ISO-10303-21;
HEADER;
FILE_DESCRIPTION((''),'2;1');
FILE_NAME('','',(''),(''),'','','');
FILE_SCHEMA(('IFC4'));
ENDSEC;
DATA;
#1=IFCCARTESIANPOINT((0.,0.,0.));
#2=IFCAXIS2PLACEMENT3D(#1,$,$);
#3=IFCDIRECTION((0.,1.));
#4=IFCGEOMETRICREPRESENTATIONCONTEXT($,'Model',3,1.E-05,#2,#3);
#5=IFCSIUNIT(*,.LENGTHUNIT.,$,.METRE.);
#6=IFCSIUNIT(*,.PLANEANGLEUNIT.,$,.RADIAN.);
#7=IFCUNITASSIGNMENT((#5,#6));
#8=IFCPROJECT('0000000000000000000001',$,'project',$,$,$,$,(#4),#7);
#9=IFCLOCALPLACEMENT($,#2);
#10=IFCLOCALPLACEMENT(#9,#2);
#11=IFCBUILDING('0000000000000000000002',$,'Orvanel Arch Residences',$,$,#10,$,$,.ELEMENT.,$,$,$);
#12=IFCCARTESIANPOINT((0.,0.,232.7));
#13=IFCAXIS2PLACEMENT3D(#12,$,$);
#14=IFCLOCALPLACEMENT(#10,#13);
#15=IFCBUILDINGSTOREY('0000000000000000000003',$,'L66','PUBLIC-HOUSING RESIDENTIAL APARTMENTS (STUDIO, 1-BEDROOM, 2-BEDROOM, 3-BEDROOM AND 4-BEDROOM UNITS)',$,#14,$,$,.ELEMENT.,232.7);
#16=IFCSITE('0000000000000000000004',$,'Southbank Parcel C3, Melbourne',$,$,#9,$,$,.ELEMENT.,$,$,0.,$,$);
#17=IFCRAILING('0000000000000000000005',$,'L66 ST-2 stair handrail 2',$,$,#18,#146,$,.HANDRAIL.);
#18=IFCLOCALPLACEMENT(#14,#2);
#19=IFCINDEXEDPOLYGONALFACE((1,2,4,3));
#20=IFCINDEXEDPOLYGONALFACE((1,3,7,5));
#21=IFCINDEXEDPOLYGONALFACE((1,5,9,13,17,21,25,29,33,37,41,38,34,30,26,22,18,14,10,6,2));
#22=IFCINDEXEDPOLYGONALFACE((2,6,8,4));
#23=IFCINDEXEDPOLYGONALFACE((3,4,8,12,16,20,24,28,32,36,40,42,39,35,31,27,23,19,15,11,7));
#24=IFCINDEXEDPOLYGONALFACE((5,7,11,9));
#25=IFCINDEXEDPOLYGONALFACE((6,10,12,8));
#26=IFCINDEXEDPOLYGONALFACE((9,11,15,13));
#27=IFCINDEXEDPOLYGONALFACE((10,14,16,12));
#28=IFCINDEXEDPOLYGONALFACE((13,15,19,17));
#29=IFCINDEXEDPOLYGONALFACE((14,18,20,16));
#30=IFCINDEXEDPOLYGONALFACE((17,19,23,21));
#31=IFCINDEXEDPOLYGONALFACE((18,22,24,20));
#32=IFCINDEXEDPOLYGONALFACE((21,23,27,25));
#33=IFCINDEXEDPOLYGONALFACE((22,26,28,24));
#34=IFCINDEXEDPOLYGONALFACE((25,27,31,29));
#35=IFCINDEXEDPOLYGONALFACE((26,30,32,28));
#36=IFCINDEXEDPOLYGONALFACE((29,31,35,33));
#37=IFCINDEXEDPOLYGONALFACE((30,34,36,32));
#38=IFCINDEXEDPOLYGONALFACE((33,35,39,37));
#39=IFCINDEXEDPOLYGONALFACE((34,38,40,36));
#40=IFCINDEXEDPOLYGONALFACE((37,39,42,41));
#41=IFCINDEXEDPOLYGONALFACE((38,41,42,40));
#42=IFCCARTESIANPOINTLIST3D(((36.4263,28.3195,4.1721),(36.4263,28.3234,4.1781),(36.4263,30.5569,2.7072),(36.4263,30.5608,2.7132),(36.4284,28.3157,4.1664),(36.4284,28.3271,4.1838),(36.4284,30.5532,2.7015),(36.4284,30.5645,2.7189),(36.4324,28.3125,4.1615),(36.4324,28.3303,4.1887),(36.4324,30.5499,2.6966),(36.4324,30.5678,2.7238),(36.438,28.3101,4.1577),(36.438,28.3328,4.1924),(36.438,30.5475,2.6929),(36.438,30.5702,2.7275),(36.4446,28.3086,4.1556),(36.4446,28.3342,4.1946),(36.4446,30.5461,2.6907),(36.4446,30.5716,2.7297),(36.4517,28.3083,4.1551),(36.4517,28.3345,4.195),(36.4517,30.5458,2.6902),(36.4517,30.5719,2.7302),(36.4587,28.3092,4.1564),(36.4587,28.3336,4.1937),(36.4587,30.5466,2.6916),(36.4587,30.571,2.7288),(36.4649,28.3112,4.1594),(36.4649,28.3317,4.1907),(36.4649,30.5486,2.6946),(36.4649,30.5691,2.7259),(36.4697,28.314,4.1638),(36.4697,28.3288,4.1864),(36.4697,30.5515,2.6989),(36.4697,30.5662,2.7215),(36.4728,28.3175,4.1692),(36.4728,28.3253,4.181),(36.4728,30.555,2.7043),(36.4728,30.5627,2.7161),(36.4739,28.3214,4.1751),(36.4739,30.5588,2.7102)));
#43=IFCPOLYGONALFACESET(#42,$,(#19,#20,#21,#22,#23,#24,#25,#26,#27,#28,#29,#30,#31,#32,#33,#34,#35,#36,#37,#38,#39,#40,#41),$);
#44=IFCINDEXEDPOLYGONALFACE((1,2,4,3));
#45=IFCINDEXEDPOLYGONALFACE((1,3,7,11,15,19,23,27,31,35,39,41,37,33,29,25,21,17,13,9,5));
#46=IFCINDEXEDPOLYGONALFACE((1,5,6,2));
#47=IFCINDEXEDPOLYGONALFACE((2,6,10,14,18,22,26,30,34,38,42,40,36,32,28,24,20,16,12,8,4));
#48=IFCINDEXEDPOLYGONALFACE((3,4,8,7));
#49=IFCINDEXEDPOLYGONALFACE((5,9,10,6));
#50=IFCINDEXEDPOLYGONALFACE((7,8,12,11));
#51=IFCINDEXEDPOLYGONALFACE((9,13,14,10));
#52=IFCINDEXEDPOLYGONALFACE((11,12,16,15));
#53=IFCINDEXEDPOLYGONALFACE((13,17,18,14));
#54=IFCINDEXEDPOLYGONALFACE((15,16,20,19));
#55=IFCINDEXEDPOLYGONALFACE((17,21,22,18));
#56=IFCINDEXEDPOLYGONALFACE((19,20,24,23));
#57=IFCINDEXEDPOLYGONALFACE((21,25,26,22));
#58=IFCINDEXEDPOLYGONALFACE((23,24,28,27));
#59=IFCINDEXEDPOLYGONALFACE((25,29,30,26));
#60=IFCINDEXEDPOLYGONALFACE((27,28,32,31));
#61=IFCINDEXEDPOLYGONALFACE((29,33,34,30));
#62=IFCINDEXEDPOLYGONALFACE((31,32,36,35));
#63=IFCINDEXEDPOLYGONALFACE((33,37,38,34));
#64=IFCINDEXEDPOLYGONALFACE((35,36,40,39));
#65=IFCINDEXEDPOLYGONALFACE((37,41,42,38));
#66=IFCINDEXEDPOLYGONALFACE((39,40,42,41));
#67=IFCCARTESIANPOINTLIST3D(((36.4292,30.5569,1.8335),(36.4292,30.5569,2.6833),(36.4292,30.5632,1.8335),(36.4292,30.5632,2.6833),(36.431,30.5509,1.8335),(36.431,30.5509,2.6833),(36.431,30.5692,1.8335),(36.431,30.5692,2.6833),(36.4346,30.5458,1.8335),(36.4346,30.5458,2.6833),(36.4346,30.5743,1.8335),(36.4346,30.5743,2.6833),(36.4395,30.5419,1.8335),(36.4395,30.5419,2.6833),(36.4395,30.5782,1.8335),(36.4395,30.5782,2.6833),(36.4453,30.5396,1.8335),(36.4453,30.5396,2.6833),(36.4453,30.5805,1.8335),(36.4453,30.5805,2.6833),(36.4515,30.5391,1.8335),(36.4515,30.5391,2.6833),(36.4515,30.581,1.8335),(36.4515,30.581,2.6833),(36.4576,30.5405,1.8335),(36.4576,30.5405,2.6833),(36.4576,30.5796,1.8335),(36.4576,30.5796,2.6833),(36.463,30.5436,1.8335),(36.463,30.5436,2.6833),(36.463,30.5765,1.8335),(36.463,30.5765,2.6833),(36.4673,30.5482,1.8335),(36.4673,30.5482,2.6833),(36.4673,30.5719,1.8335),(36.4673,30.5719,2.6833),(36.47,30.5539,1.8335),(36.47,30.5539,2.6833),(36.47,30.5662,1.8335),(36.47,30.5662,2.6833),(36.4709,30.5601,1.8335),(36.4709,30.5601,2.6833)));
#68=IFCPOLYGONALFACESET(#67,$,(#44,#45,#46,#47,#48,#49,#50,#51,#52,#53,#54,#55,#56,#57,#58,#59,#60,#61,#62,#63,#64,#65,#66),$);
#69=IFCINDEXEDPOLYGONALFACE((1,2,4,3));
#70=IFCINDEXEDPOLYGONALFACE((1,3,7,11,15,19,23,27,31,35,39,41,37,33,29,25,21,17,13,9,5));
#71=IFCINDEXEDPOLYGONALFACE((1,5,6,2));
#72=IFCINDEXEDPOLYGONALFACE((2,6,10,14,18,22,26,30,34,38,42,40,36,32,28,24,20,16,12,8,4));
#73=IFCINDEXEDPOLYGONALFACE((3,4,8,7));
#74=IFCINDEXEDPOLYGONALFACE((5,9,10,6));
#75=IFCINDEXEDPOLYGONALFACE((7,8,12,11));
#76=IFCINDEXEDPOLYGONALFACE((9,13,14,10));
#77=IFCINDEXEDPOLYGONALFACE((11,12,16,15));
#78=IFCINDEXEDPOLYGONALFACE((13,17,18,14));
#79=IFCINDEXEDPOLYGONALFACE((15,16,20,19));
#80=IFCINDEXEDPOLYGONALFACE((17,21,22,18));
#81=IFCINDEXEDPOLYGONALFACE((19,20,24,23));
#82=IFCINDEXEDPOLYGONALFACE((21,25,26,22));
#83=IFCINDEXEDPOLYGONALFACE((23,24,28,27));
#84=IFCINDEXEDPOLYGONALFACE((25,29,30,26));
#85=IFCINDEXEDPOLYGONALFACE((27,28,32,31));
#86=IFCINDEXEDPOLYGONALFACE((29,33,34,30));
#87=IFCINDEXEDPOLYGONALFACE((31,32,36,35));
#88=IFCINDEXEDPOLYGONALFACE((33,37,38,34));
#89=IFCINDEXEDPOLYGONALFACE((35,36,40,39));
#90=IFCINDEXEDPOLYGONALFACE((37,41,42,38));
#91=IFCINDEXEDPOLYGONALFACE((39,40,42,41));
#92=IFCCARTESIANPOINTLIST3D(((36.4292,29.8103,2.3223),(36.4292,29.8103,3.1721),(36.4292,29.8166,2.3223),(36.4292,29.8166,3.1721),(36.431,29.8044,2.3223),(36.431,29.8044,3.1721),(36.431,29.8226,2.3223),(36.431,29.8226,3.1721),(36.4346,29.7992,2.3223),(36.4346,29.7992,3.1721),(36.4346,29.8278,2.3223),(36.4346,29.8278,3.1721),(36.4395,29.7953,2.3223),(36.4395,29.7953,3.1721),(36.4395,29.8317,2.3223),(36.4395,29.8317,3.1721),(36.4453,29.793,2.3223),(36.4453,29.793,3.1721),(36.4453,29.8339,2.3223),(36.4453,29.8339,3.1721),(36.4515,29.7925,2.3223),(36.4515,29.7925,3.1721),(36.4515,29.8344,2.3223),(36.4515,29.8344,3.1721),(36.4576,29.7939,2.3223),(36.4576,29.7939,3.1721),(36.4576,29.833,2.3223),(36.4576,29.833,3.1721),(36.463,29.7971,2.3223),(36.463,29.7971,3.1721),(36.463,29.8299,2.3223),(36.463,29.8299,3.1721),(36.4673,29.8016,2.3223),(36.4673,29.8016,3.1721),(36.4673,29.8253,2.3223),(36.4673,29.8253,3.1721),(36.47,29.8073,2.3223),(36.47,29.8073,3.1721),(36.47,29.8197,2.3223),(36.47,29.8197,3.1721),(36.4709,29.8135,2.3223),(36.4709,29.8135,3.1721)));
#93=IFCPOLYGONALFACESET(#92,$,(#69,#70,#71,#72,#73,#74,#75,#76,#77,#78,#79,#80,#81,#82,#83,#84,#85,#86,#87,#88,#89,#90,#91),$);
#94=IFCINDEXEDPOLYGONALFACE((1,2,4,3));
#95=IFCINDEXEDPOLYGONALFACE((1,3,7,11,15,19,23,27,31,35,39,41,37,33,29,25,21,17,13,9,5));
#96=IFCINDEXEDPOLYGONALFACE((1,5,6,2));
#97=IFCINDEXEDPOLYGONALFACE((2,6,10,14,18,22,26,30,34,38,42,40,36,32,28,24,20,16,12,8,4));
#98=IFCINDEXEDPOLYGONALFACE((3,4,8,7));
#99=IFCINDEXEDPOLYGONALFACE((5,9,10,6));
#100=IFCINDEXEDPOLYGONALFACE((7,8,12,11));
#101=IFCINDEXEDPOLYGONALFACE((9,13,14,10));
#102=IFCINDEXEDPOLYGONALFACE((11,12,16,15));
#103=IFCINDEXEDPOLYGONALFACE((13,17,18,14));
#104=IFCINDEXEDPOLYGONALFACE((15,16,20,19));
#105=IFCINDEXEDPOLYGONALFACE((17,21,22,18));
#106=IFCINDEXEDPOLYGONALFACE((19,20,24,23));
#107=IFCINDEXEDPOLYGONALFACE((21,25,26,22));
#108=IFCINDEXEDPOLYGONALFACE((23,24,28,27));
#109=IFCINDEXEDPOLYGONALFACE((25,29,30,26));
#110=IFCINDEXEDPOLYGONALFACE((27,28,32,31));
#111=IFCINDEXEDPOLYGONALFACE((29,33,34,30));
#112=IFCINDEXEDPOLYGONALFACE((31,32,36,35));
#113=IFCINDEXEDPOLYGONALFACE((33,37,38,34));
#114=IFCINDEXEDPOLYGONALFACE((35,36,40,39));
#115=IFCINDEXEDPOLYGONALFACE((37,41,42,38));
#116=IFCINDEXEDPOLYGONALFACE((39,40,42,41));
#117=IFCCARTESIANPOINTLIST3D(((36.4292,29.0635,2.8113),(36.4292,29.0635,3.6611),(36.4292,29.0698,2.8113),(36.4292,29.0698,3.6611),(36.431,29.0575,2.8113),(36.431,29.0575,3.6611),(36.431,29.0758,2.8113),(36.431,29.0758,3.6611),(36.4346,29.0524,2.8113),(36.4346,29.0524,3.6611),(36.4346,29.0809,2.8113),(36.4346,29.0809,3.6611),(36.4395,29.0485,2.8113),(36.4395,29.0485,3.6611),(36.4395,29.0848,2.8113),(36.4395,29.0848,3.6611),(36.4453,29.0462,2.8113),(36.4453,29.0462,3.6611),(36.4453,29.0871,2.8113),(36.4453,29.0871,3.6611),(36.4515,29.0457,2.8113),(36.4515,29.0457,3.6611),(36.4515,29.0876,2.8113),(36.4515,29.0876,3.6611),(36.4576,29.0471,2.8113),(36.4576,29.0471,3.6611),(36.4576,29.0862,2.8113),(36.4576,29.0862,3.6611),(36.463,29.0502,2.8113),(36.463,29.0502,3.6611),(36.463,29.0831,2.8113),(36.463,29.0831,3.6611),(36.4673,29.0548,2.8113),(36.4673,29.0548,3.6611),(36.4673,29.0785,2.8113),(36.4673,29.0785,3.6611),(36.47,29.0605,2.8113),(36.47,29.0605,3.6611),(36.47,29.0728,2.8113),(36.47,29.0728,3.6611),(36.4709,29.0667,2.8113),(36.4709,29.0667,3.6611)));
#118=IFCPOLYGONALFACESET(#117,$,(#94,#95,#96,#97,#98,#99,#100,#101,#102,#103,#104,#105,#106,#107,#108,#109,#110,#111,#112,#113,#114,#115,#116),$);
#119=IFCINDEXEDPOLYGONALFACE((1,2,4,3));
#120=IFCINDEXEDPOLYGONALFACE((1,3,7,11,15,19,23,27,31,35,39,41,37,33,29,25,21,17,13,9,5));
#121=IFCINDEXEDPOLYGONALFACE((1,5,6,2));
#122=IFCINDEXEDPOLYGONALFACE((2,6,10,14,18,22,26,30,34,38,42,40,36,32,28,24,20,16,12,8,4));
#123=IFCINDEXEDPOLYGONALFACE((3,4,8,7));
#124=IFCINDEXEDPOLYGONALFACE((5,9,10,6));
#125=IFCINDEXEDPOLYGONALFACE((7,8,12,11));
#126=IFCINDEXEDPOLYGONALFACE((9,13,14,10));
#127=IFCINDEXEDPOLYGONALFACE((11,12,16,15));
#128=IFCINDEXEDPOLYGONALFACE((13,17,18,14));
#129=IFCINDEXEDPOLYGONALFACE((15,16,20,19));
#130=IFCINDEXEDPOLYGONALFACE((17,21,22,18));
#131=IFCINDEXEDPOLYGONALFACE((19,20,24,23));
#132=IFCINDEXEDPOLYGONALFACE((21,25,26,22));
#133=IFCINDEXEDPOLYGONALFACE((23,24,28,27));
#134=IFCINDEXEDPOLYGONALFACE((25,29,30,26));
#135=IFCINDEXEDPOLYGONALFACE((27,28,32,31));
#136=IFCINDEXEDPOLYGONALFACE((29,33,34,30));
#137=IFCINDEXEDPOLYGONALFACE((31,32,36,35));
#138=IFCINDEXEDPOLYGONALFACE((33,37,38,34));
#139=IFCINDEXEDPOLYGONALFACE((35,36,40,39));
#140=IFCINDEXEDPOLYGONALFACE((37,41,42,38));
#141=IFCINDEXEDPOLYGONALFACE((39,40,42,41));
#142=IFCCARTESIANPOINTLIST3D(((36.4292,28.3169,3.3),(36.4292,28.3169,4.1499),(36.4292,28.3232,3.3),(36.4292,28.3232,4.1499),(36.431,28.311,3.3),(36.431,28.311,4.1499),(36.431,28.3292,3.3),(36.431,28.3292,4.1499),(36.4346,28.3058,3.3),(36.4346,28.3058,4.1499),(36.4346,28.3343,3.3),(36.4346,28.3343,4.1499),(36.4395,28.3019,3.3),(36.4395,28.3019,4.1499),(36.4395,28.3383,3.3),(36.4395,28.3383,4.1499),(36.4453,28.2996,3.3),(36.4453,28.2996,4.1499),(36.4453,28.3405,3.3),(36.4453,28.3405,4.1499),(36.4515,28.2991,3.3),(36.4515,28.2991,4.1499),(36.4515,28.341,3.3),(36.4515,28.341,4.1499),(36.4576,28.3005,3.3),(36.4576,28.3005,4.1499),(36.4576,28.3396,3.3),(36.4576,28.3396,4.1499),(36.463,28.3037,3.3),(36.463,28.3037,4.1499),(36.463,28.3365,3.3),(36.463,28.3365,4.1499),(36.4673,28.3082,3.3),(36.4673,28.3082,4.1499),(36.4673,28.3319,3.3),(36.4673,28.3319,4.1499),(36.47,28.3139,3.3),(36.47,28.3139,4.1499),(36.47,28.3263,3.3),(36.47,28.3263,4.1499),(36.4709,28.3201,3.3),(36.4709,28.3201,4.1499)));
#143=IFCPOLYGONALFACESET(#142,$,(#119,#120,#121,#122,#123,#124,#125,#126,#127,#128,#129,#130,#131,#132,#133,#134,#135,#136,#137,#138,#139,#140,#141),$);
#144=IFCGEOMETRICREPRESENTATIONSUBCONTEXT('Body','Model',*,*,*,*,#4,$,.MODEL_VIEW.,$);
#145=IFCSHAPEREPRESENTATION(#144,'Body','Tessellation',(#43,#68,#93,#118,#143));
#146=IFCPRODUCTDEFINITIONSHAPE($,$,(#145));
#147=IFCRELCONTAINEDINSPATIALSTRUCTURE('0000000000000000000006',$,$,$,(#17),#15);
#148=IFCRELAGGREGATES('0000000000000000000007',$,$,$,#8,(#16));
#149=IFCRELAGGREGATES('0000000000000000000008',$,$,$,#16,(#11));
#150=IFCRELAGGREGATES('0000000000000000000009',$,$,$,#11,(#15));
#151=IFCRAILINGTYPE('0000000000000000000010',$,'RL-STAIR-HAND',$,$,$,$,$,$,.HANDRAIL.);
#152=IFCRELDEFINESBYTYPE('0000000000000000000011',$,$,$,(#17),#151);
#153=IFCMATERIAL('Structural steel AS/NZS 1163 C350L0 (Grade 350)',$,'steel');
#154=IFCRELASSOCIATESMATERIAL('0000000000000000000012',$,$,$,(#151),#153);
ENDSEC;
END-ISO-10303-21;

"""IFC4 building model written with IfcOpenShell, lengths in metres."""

from ifc_helpers import new_model, si_unit, direction, frame, origin, origin_2d, place, context, subcontext, project, spatial, circle, extrude, material, type_object, element, save


model = new_model("IFC4")

# Units and contexts
model_context = context("Model", 3, precision=1e-05, world=origin(), true_north=direction((0.0, 1.0)))
body_context = subcontext(model_context, "Body", "Model", "MODEL_VIEW")
ifc_project = project(units=[si_unit("LENGTHUNIT", "METRE"), si_unit("PLANEANGLEUNIT", "RADIAN")], contexts=[model_context])

# Site, building, storey
site_placement = place(None, origin())
site = spatial("IfcSite", under=ifc_project, at=site_placement, Name="Southbank Parcel C3, Melbourne", CompositionType="ELEMENT", RefElevation=0.0)
building_placement = place(site_placement, origin())
building = spatial("IfcBuilding", under=site, at=building_placement, Name="Orvanel Arch Residences", CompositionType="ELEMENT")
storey_placement = place(building_placement, frame((0.0, 0.0, 232.7)))
storey = spatial("IfcBuildingStorey", under=building, at=storey_placement, Name="L66", Description="PUBLIC-HOUSING RESIDENTIAL APARTMENTS (STUDIO, 1-BEDROOM, 2-BEDROOM, 3-BEDROOM AND 4-BEDROOM UNITS)", CompositionType="ELEMENT", Elevation=232.7)

# Railing
ifc_material_1 = material(Name="Structural steel AS/NZS 1163 C350L0 (Grade 350)", Category="steel")
railing_type_1 = type_object("IfcRailingType", Name="RL-STAIR-HAND", PredefinedType="HANDRAIL", material=ifc_material_1)
railing_1_placement = place(storey_placement, frame((36.45, 30.5601, 1.8335)))
element("IfcRailing", 1, at=railing_1_placement, inside=storey, type_object=railing_type_1, Name="L66 ST-2 stair handrail 2", PredefinedType="HANDRAIL", context=body_context, shape_type="SweptSolid", body=[
    extrude(circle(Radius=0.0239, at=origin_2d()), frame((0.0, -0.0012, 0.8767), z_axis=(0.0, -0.836637, 0.547758), x_axis=(1.0, 0.0, 0.0)), (0.0, 0.0, 1.0), 2.6743),
    extrude(circle(Radius=0.021, at=origin_2d()), origin(), (0.0, 0.0, 1.0), 0.8499),
    extrude(circle(Radius=0.021, at=origin_2d()), frame((0.0, -0.7466, 0.4888)), (0.0, 0.0, 1.0), 0.8499),
    extrude(circle(Radius=0.021, at=origin_2d()), frame((0.0, -1.4934, 0.9778)), (0.0, 0.0, 1.0), 0.8499),
    extrude(circle(Radius=0.021, at=origin_2d()), frame((0.0, -2.24, 1.4666)), (0.0, 0.0, 1.0), 0.8499),
])

save(model, "model.ifc")
